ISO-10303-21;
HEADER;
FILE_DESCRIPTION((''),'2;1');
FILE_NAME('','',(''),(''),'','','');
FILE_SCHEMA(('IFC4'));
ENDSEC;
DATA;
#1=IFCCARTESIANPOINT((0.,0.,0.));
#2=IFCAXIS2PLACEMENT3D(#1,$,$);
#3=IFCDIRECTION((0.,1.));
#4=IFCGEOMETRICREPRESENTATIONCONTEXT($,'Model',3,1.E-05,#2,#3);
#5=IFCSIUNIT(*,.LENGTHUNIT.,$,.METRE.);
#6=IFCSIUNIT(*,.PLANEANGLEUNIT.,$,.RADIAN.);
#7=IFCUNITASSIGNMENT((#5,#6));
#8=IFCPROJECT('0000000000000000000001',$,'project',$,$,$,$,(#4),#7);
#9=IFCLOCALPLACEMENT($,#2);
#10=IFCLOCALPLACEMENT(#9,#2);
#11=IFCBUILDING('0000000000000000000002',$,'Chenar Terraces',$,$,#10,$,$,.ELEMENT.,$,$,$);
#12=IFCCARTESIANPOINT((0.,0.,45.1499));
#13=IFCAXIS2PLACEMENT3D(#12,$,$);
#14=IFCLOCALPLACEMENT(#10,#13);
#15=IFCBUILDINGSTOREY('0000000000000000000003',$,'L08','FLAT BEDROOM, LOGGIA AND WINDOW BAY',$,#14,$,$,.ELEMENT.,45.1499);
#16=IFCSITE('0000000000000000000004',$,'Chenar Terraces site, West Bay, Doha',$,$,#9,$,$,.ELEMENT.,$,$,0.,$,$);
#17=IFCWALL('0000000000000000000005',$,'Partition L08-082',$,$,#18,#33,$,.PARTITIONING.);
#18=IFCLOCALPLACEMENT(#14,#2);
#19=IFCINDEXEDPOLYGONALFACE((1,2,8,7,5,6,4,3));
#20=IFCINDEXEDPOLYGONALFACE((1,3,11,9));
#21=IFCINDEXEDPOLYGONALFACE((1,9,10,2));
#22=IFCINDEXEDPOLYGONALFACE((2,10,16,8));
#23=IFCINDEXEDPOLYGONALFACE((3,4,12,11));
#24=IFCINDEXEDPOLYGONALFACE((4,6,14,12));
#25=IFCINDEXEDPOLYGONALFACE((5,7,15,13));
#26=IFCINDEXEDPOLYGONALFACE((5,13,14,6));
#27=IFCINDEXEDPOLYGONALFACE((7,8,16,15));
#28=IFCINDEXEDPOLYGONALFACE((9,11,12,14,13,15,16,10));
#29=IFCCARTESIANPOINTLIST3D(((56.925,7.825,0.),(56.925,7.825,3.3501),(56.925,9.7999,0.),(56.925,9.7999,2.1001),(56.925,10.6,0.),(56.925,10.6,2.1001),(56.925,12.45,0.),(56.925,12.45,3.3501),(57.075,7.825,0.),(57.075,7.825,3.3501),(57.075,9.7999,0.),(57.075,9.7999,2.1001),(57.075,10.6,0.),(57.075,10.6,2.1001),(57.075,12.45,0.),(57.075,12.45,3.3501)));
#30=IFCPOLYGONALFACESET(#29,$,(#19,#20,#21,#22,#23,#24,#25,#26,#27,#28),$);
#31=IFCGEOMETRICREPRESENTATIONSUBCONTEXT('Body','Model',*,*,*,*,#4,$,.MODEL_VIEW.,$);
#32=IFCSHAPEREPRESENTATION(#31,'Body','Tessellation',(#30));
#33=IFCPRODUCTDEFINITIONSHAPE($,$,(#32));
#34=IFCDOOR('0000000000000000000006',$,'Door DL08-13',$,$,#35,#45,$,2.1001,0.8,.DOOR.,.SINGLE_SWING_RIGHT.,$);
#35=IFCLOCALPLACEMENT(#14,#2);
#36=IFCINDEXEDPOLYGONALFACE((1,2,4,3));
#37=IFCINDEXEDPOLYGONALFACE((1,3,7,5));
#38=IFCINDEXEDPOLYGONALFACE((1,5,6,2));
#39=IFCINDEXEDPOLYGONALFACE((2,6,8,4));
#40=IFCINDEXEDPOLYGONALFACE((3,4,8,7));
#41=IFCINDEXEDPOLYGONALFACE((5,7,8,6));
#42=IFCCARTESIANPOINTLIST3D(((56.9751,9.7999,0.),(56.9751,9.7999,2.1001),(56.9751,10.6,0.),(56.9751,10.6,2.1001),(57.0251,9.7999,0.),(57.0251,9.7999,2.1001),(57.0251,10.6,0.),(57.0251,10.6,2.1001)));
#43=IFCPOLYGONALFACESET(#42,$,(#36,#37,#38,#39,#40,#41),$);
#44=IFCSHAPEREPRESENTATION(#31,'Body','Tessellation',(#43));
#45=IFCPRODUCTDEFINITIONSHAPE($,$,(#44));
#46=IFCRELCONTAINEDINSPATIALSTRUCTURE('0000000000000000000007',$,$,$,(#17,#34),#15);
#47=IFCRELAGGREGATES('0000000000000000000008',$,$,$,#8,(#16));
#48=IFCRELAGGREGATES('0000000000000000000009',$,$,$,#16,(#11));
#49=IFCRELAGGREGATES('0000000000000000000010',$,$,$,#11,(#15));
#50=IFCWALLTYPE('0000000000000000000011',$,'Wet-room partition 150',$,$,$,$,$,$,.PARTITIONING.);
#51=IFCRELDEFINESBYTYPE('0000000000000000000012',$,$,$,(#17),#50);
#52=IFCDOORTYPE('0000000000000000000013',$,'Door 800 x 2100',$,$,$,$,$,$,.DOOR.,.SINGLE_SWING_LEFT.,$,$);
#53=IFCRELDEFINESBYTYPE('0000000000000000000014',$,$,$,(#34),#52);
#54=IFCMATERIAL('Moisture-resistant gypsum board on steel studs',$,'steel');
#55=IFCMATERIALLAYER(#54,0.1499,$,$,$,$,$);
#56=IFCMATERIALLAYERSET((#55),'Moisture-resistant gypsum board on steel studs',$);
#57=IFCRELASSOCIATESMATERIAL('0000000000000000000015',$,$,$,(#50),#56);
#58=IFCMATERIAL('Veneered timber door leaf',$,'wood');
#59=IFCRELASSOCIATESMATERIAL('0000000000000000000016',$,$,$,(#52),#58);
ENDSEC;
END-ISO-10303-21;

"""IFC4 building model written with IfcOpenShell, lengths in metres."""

from ifc_helpers import new_model, si_unit, direction, frame, frame_2d, origin, place, context, subcontext, project, spatial, rectangle, extrude, material, layer, layer_set, type_object, element, fill, save


model = new_model("IFC4")

# Units and contexts
model_context = context("Model", 3, precision=1e-05, world=origin(), true_north=direction((0.0, 1.0)))
body_context = subcontext(model_context, "Body", "Model", "MODEL_VIEW")
ifc_project = project(units=[si_unit("LENGTHUNIT", "METRE"), si_unit("PLANEANGLEUNIT", "RADIAN")], contexts=[model_context])

# Site, building, storey
site_placement = place(None, origin())
site = spatial("IfcSite", under=ifc_project, at=site_placement, Name="Chenar Terraces site, West Bay, Doha", CompositionType="ELEMENT", RefElevation=0.0)
building_placement = place(site_placement, origin())
building = spatial("IfcBuilding", under=site, at=building_placement, Name="Chenar Terraces", CompositionType="ELEMENT")
storey_placement = place(building_placement, frame((0.0, 0.0, 45.1499)))
storey = spatial("IfcBuildingStorey", under=building, at=storey_placement, Name="L08", Description="FLAT BEDROOM, LOGGIA AND WINDOW BAY", CompositionType="ELEMENT", Elevation=45.1499)

# Shared definitions
ifc_material_1 = material(Name="Moisture-resistant gypsum board on steel studs", Category="steel")
ifc_layer_1 = layer(ifc_material_1, 0.1499)
ifc_layer_set_1 = layer_set([ifc_layer_1], Name="Moisture-resistant gypsum board on steel studs")
wall_type_1 = type_object("IfcWallType", Name="Wet-room partition 150", PredefinedType="PARTITIONING", material=ifc_layer_set_1)

# Wall, opening, door
wall_1_placement = place(storey_placement, frame((57.0, 7.825, 0.0), z_axis=(0.0, 0.0, 1.0), x_axis=(0.0, 1.0, 0.0)))
wall_1 = element("IfcWall", 1, at=wall_1_placement, inside=storey, type_object=wall_type_1, Name="Partition L08-082", PredefinedType="PARTITIONING", context=body_context, shape_type="SweptSolid", body=[
    extrude(rectangle(XDim=4.625, YDim=0.1499, at=frame_2d((2.3125, 0.0))), origin(), (0.0, 0.0, 1.0), 3.3501),
])
opening_1_placement = place(wall_1_placement, frame((1.9751, 0.0, 0.0)))
opening_1 = element("IfcOpeningElement", 2, at=opening_1_placement, cuts=wall_1, PredefinedType="OPENING", context=body_context, shape_type="SweptSolid", body=[
    extrude(rectangle(XDim=0.8, YDim=2.1001, at=frame_2d((0.3999, 1.05))), frame((0.0, 0.085, 0.0), z_axis=(0.0, -1.0, 0.0), x_axis=(1.0, 0.0, 0.0)), (0.0, 0.0, 1.0), 0.1699),
])
ifc_material_2 = material(Name="Veneered timber door leaf", Category="wood")
door_type_1 = type_object("IfcDoorType", Name="Door 800 x 2100", OperationType="SINGLE_SWING_LEFT", PredefinedType="DOOR", material=ifc_material_2)
door_1_placement = place(opening_1_placement, origin())
door_1 = element("IfcDoor", 3, at=door_1_placement, inside=storey, type_object=door_type_1, Name="Door DL08-13", OperationType="SINGLE_SWING_RIGHT", OverallHeight=2.1001, OverallWidth=0.8, PredefinedType="DOOR", context=body_context, shape_type="SweptSolid", body=[
    extrude(rectangle(XDim=0.8, YDim=2.1001, at=frame_2d((0.3999, 1.05))), frame((0.0, 0.0249, 0.0), z_axis=(0.0, -1.0, 0.0), x_axis=(1.0, 0.0, 0.0)), (0.0, 0.0, 1.0), 0.05),
])
fill(opening_1, door_1)

save(model, "model.ifc")
